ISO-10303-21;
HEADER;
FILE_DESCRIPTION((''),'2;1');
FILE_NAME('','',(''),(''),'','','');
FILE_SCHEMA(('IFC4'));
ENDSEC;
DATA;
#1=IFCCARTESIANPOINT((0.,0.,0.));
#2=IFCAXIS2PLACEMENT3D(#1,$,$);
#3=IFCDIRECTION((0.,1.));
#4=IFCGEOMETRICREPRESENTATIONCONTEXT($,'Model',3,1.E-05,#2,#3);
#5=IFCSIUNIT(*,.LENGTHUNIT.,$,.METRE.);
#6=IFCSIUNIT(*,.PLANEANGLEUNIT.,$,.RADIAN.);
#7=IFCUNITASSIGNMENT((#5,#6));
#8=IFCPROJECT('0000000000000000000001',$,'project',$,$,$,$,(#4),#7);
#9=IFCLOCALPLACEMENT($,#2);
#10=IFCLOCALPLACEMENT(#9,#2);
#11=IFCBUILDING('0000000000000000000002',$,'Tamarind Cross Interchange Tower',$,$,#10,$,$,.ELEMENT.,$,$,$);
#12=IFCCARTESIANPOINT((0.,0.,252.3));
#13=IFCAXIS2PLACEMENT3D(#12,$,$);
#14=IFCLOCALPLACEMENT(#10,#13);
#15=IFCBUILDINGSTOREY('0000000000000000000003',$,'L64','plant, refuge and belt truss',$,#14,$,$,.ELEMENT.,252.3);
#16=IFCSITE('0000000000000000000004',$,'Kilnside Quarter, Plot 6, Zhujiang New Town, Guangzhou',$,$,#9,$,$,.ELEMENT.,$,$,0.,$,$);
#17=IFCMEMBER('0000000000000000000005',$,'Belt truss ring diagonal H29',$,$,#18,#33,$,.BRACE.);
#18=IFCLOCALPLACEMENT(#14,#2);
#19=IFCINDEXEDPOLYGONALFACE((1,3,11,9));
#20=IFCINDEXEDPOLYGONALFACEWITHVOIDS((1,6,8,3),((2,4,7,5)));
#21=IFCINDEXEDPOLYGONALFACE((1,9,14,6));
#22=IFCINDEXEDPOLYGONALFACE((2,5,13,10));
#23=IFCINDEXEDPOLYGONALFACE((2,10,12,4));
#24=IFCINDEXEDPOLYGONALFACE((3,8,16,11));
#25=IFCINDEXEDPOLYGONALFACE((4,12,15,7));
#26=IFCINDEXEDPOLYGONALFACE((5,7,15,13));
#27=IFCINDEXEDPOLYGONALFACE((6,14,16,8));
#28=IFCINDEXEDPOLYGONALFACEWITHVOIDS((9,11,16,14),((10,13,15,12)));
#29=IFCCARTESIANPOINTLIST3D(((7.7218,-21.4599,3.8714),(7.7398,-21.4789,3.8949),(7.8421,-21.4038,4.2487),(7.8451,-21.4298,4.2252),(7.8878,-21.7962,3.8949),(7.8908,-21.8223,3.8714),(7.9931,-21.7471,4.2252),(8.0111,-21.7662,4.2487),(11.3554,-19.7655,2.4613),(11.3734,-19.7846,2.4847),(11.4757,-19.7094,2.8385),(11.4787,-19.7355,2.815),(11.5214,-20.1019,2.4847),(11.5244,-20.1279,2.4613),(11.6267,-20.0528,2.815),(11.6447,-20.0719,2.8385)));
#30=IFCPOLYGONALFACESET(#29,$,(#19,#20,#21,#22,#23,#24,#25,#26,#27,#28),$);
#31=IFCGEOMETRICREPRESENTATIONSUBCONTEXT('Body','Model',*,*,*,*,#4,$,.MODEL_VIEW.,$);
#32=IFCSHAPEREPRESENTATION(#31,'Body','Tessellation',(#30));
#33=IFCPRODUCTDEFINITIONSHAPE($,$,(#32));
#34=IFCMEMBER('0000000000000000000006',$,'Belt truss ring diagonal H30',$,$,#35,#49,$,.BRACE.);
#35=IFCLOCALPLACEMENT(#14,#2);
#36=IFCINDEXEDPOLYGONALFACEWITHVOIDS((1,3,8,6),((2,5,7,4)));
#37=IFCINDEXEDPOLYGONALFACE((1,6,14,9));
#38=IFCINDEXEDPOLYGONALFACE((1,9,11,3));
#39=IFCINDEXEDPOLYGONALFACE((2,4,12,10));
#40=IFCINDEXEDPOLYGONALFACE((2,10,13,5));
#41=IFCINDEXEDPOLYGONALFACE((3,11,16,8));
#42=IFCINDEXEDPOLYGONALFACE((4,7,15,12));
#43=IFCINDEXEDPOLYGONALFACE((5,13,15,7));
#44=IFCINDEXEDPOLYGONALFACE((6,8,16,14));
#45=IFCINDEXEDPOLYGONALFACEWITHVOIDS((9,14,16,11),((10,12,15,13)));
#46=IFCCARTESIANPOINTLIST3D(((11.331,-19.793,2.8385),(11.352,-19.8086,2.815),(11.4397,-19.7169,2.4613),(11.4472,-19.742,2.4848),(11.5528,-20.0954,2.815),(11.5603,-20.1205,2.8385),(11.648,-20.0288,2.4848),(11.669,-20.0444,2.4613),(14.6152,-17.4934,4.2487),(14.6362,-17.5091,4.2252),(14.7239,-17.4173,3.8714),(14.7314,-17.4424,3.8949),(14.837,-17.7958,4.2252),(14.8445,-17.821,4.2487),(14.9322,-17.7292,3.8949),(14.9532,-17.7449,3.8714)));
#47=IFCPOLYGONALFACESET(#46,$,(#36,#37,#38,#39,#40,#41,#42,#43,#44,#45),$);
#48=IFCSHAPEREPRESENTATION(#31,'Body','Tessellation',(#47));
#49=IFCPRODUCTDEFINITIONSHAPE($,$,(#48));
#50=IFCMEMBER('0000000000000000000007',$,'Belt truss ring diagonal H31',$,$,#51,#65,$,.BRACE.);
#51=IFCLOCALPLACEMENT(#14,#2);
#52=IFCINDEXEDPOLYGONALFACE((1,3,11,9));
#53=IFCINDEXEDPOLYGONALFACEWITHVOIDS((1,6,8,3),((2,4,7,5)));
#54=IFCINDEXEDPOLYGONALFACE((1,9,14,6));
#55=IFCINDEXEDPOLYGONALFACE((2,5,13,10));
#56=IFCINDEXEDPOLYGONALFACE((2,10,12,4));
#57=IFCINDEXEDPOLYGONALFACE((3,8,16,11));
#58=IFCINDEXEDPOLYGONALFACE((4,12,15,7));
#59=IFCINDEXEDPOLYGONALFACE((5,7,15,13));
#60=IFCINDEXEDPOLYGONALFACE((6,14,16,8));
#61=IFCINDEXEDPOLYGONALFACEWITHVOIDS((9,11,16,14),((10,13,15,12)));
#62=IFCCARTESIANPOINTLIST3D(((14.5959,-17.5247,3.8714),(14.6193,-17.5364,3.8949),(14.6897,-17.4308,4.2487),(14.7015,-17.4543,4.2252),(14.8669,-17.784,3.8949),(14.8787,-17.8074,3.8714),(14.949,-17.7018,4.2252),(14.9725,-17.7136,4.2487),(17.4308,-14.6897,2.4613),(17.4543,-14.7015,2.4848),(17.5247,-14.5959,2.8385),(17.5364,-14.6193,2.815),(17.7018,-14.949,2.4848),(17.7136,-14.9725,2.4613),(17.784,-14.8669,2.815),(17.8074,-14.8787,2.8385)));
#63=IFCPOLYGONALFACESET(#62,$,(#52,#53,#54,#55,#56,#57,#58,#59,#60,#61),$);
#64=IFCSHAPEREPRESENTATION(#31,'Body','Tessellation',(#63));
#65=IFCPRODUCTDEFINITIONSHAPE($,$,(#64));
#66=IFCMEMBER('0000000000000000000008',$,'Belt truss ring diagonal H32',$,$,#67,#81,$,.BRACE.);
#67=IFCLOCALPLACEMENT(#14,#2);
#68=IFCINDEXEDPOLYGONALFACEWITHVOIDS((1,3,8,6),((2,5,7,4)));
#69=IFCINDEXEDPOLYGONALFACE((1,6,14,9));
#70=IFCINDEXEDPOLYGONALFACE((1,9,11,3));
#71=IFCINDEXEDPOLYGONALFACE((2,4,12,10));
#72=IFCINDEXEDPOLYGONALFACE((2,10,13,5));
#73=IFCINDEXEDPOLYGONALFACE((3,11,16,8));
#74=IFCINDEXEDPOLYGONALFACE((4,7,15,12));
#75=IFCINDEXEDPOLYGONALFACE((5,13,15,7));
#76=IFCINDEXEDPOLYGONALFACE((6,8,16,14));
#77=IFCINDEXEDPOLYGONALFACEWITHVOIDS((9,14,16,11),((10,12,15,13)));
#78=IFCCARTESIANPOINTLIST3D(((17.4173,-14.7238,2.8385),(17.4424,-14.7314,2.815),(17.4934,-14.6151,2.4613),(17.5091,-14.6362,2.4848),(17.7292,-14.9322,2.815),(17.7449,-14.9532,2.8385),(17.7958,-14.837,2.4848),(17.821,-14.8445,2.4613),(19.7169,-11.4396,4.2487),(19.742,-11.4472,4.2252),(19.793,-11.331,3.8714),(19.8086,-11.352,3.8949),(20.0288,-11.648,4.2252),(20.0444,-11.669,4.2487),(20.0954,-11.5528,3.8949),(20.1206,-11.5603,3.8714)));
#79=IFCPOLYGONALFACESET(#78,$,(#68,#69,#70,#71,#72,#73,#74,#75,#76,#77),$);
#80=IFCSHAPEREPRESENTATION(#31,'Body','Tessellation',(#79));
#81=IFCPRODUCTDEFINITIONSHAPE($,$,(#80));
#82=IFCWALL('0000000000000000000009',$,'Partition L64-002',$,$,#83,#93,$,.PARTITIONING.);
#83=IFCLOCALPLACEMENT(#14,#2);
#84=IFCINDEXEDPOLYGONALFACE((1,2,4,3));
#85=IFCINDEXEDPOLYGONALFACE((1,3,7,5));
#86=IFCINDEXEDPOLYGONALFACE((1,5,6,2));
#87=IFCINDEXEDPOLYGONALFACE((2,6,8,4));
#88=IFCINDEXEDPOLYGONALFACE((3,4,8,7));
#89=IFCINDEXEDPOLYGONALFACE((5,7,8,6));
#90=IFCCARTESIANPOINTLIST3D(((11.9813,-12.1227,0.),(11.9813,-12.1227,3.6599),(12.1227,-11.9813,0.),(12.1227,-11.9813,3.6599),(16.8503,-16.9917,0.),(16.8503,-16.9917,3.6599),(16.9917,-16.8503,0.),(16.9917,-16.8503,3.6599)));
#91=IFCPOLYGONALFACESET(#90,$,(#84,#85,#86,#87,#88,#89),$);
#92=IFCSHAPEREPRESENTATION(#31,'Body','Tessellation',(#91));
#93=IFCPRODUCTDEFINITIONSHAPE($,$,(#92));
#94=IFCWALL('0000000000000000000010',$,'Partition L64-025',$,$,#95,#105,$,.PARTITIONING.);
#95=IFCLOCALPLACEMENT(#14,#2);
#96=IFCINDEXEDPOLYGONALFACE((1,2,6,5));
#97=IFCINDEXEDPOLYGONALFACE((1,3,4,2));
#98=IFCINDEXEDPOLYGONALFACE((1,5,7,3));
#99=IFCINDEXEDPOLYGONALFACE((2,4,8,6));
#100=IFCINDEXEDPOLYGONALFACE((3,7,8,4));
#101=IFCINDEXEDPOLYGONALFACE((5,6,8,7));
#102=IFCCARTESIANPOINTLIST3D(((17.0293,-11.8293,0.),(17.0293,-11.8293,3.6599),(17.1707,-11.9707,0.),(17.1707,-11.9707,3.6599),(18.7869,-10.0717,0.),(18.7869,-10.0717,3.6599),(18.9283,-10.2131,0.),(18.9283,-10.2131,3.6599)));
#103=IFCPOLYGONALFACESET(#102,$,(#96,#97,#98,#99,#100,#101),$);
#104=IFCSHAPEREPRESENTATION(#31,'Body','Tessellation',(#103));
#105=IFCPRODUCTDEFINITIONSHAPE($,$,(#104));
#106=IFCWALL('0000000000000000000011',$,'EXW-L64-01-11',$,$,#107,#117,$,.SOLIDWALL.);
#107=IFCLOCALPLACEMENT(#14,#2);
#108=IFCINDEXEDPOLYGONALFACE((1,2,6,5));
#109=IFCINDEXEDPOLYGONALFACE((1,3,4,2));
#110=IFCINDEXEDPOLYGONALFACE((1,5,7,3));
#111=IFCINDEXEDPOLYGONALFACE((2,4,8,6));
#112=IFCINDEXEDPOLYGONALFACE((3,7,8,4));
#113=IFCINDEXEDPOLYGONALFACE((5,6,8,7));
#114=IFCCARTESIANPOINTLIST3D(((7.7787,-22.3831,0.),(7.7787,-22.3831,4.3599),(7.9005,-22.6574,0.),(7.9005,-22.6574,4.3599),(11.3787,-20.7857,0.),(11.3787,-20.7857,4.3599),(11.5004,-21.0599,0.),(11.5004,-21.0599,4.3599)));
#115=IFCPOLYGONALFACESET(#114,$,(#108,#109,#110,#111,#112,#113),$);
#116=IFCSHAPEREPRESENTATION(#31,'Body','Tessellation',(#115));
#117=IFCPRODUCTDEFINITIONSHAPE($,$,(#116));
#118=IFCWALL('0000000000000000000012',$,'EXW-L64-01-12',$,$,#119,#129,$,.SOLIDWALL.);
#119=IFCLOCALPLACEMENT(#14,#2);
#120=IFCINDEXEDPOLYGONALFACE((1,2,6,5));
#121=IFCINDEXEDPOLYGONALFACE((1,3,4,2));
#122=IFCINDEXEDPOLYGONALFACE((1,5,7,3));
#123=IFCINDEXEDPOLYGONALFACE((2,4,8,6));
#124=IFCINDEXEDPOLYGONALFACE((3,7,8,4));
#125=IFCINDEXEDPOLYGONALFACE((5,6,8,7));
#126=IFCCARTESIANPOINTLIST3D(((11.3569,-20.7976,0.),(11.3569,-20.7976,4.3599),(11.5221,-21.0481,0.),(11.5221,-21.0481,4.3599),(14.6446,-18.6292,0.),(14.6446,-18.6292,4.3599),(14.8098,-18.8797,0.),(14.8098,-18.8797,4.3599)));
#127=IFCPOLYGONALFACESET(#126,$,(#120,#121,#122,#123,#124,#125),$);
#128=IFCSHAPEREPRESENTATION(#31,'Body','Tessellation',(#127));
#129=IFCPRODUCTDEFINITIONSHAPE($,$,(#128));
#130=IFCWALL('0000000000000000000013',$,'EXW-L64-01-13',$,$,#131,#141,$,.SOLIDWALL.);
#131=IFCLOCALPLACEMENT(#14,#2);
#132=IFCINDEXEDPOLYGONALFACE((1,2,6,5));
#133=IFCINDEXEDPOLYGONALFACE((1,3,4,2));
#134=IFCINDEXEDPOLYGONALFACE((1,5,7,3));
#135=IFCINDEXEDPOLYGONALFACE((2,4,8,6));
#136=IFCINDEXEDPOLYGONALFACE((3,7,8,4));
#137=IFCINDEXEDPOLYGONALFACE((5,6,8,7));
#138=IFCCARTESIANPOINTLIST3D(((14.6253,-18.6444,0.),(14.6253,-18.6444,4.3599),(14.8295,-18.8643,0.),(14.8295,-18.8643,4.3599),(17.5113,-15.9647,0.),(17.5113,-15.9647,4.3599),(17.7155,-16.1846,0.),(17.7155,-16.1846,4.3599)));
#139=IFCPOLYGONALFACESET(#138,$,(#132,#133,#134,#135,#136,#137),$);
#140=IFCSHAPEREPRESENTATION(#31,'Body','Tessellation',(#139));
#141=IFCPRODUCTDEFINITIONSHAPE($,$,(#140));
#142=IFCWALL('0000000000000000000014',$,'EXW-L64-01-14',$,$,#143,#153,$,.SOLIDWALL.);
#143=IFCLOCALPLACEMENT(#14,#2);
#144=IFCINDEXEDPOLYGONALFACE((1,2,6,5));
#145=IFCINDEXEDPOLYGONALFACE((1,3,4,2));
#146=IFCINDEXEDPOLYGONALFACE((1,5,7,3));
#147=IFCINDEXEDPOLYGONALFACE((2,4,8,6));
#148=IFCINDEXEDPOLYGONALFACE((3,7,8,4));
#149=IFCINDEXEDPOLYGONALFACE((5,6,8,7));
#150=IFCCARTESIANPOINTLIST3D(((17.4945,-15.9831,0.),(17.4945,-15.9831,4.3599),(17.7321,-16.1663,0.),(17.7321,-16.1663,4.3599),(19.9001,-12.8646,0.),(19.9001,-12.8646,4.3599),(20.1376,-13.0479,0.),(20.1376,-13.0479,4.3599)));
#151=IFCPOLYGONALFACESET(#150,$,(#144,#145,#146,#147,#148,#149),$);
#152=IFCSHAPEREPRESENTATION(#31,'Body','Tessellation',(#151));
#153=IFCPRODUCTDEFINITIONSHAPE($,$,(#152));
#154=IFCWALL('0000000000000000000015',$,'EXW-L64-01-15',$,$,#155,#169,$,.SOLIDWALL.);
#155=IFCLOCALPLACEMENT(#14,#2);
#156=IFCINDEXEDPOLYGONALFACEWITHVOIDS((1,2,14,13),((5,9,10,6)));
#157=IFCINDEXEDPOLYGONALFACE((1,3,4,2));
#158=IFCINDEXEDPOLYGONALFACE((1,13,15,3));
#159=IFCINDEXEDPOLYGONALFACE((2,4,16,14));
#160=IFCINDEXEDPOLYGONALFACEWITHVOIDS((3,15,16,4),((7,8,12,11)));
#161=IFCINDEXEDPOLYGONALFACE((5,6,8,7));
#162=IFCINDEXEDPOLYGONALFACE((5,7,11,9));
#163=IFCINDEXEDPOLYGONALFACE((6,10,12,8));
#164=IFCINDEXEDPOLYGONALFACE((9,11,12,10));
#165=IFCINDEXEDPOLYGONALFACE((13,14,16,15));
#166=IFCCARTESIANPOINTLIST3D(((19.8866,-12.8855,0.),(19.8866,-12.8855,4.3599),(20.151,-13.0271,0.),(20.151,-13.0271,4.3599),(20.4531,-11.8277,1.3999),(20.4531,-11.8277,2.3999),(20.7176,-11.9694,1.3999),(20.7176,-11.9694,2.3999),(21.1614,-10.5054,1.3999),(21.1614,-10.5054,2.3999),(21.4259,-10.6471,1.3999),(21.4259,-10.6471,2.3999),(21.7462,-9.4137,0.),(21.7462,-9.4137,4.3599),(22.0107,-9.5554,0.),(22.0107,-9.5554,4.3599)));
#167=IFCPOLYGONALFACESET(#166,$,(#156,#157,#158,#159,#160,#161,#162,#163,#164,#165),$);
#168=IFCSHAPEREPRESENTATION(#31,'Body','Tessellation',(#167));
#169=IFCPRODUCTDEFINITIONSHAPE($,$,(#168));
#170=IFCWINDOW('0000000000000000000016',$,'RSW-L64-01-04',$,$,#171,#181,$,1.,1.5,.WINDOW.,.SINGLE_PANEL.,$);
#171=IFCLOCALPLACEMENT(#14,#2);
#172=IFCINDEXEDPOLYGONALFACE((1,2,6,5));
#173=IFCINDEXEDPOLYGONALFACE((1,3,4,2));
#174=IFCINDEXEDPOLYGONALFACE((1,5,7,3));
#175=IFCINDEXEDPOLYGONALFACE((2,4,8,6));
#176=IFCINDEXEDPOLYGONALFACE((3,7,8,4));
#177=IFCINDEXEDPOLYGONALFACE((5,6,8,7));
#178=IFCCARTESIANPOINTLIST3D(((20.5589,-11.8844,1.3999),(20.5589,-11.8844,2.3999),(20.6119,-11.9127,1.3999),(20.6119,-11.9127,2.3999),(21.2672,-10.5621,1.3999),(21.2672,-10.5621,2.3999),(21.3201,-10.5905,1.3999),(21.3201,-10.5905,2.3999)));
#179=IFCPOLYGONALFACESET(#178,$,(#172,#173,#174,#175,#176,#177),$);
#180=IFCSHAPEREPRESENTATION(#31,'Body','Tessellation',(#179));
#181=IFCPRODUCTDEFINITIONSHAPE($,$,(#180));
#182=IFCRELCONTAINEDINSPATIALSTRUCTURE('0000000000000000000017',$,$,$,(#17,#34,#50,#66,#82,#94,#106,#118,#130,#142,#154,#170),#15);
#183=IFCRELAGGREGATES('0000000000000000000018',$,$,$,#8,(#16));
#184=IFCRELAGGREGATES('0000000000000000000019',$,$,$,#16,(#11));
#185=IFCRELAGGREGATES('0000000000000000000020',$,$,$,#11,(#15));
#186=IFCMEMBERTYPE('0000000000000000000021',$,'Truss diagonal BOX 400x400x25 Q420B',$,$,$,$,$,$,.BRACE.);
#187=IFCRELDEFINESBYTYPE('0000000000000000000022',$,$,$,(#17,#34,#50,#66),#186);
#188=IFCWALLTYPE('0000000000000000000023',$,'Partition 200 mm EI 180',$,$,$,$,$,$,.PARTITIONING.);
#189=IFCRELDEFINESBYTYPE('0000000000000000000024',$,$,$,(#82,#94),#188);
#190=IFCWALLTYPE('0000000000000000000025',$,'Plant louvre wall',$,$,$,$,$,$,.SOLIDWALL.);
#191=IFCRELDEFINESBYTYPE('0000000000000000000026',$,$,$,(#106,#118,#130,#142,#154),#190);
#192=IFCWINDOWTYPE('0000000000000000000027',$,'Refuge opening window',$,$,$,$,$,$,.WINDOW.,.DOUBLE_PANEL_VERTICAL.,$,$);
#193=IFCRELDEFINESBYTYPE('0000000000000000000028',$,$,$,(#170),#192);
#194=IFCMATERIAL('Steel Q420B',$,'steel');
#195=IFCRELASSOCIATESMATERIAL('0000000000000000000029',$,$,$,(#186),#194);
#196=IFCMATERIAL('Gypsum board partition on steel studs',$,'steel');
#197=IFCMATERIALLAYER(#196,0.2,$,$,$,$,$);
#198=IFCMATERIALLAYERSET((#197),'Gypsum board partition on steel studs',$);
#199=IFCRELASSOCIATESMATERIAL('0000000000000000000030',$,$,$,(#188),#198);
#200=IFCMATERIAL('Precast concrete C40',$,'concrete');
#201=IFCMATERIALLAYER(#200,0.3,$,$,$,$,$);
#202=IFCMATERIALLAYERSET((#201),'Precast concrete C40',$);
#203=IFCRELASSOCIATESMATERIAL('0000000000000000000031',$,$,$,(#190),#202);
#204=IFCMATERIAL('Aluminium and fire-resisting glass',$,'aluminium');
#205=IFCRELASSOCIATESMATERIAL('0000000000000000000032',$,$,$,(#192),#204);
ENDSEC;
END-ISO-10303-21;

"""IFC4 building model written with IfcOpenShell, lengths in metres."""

from ifc_helpers import new_model, si_unit, direction, frame, frame_2d, origin, origin_2d, place, context, subcontext, project, spatial, rectangle, hollow_rectangle, extrude, material, layer, layer_set, material_profile, profile_set, type_object, element, fill, save


model = new_model("IFC4")

# Units and contexts
model_context = context("Model", 3, precision=1e-05, world=origin(), true_north=direction((0.0, 1.0)))
body_context = subcontext(model_context, "Body", "Model", "MODEL_VIEW")
ifc_project = project(units=[si_unit("LENGTHUNIT", "METRE"), si_unit("PLANEANGLEUNIT", "RADIAN")], contexts=[model_context])

# Site, building, storey
site_placement = place(None, origin())
site = spatial("IfcSite", under=ifc_project, at=site_placement, Name="Kilnside Quarter, Plot 6, Zhujiang New Town, Guangzhou", CompositionType="ELEMENT", RefElevation=0.0)
building_placement = place(site_placement, origin())
building = spatial("IfcBuilding", under=site, at=building_placement, Name="Tamarind Cross Interchange Tower", CompositionType="ELEMENT")
storey_placement = place(building_placement, frame((0.0, 0.0, 252.3)))
storey = spatial("IfcBuildingStorey", under=building, at=storey_placement, Name="L64", Description="plant, refuge and belt truss", CompositionType="ELEMENT", Elevation=252.3)

# Members
ifc_material_1 = material(Name="Steel Q420B", Category="steel")
ifc_material_profile_1 = material_profile(ifc_material_1, hollow_rectangle(XDim=0.3999, YDim=0.3999, WallThickness=0.0249, at=origin_2d()), Name="BOX 400x400x25")
ifc_profile_set_1 = profile_set([ifc_material_profile_1], Name="Steel Q420B")
member_type_1 = type_object("IfcMemberType", Name="Truss diagonal BOX 400x400x25 Q420B", PredefinedType="BRACE", material=ifc_profile_set_1)
for number, where, z_axis, x_axis, name in (
    (1, (7.8665, -21.613, 4.0601), (0.854964, 0.398673, -0.331806), (-0.422615, 0.906309, 0.0), "Belt truss ring diagonal H29"),
    (2, (11.5, -19.9187, 2.6499), (0.772751, 0.541075, 0.331803), (-0.573569, 0.819158, 0.0), "Belt truss ring diagonal H30"),
    (3, (14.7842, -17.6191, 4.0601), (0.667049, 0.667049, -0.331801), (-0.707107, 0.707107, 0.0), "Belt truss ring diagonal H31"),
    (4, (17.6191, -14.7842, 2.6499), (0.541075, 0.772751, 0.331803), (-0.819158, 0.573569, 0.0), "Belt truss ring diagonal H32"),
):
    element("IfcMember", number, at=place(storey_placement, frame(where, z_axis=z_axis, x_axis=x_axis)), inside=storey, type_object=member_type_1, Name=name, PredefinedType="BRACE", context=body_context, shape_type="SweptSolid", body=[
        extrude(hollow_rectangle(XDim=0.3999, YDim=0.3999, WallThickness=0.0249, at=origin_2d()), origin(), (0.0, 0.0, 1.0), 4.25),
    ])

# Walls
ifc_material_2 = material(Name="Gypsum board partition on steel studs", Category="steel")
ifc_layer_1 = layer(ifc_material_2, 0.2)
ifc_layer_set_1 = layer_set([ifc_layer_1], Name="Gypsum board partition on steel studs")
wall_type_1 = type_object("IfcWallType", Name="Partition 200 mm EI 180", PredefinedType="PARTITIONING", material=ifc_layer_set_1)
wall_1_placement = place(storey_placement, frame((12.052, -12.052, 0.0), z_axis=(0.0, 0.0, 1.0), x_axis=(0.707107, -0.707107, 0.0)))
element("IfcWall", 5, at=wall_1_placement, inside=storey, type_object=wall_type_1, Name="Partition L64-002", PredefinedType="PARTITIONING", context=body_context, shape_type="SweptSolid", body=[
    extrude(rectangle(XDim=6.8857, YDim=0.2, at=frame_2d((3.4429, 0.0))), origin(), (0.0, 0.0, 1.0), 3.6599),
])
wall_2_placement = place(storey_placement, frame((17.1001, -11.8999, 0.0), z_axis=(0.0, 0.0, 1.0), x_axis=(0.707107, 0.707107, 0.0)))
element("IfcWall", 6, at=wall_2_placement, inside=storey, type_object=wall_type_1, Name="Partition L64-025", PredefinedType="PARTITIONING", context=body_context, shape_type="SweptSolid", body=[
    extrude(rectangle(XDim=2.4856, YDim=0.2, at=frame_2d((1.2427, 0.0))), origin(), (0.0, 0.0, 1.0), 3.6599),
])
ifc_material_3 = material(Name="Precast concrete C40", Category="concrete")
ifc_layer_2 = layer(ifc_material_3, 0.3)
ifc_layer_set_2 = layer_set([ifc_layer_2], Name="Precast concrete C40")
wall_type_2 = type_object("IfcWallType", Name="Plant louvre wall", PredefinedType="SOLIDWALL", material=ifc_layer_set_2)
for number, where, z_axis, x_axis, name in (
    (7, (7.8396, -22.5203, 0.0), (0.0, 0.0, 1.0), (0.914049, 0.405603, 0.0), "EXW-L64-01-11"),
    (8, (11.4395, -20.9229, 0.0), (0.0, 0.0, 1.0), (0.834787, 0.550574, 0.0), "EXW-L64-01-12"),
):
    element("IfcWall", number, at=place(storey_placement, frame(where, z_axis=z_axis, x_axis=x_axis)), inside=storey, type_object=wall_type_2, Name=name, PredefinedType="SOLIDWALL", context=body_context, shape_type="SweptSolid", body=[
        extrude(rectangle(XDim=3.9385, YDim=0.3, at=frame_2d((1.9692, 0.0))), origin(), (0.0, 0.0, 1.0), 4.3599),
    ])
wall_3_placement = place(storey_placement, frame((14.7273, -18.7544, 0.0), z_axis=(0.0, 0.0, 1.0), x_axis=(0.732813, 0.68043, 0.0)))
element("IfcWall", 9, at=wall_3_placement, inside=storey, type_object=wall_type_2, Name="EXW-L64-01-13", PredefinedType="SOLIDWALL", context=body_context, shape_type="SweptSolid", body=[
    extrude(rectangle(XDim=3.9382, YDim=0.3, at=frame_2d((1.9692, 0.0))), origin(), (0.0, 0.0, 1.0), 4.3599),
])
wall_4_placement = place(storey_placement, frame((17.6133, -16.0747, 0.0), z_axis=(0.0, 0.0, 1.0), x_axis=(0.610786, 0.791796, 0.0)))
element("IfcWall", 10, at=wall_4_placement, inside=storey, type_object=wall_type_2, Name="EXW-L64-01-14", PredefinedType="SOLIDWALL", context=body_context, shape_type="SweptSolid", body=[
    extrude(rectangle(XDim=3.9385, YDim=0.3, at=frame_2d((1.9692, 0.0))), origin(), (0.0, 0.0, 1.0), 4.3599),
])

# Wall, opening, window
wall_5_placement = place(storey_placement, frame((20.0188, -12.9563, 0.0), z_axis=(0.0, 0.0, 1.0), x_axis=(0.47218, 0.881502, 0.0)))
wall_5 = element("IfcWall", 11, at=wall_5_placement, inside=storey, type_object=wall_type_2, Name="EXW-L64-01-15", PredefinedType="SOLIDWALL", context=body_context, shape_type="SweptSolid", body=[
    extrude(rectangle(XDim=3.9385, YDim=0.3, at=frame_2d((1.9692, 0.0))), origin(), (0.0, 0.0, 1.0), 4.3599),
])
opening_placement = place(wall_5_placement, frame((1.2, 0.0, 1.3999)))
opening = element("IfcOpeningElement", 12, at=opening_placement, cuts=wall_5, PredefinedType="OPENING", context=body_context, shape_type="SweptSolid", body=[
    extrude(rectangle(XDim=1.5, YDim=1.0, at=frame_2d((0.75, 0.5))), frame((0.0, 0.1599, 0.0), z_axis=(0.0, -1.0, 0.0), x_axis=(1.0, 0.0, 0.0)), (0.0, 0.0, 1.0), 0.3201),
])
ifc_material_4 = material(Name="Aluminium and fire-resisting glass", Category="aluminium")
window_type = type_object("IfcWindowType", Name="Refuge opening window", PartitioningType="DOUBLE_PANEL_VERTICAL", PredefinedType="WINDOW", material=ifc_material_4)
window_placement = place(opening_placement, origin())
window = element("IfcWindow", 13, at=window_placement, inside=storey, type_object=window_type, Name="RSW-L64-01-04", OverallHeight=1.0, OverallWidth=1.5, PartitioningType="SINGLE_PANEL", PredefinedType="WINDOW", context=body_context, shape_type="SweptSolid", body=[
    extrude(rectangle(XDim=1.5, YDim=1.0, at=frame_2d((0.75, 0.5))), frame((0.0, 0.03, 0.0), z_axis=(0.0, -1.0, 0.0), x_axis=(1.0, 0.0, 0.0)), (0.0, 0.0, 1.0), 0.0601),
])
fill(opening, window)

save(model, "model.ifc")
